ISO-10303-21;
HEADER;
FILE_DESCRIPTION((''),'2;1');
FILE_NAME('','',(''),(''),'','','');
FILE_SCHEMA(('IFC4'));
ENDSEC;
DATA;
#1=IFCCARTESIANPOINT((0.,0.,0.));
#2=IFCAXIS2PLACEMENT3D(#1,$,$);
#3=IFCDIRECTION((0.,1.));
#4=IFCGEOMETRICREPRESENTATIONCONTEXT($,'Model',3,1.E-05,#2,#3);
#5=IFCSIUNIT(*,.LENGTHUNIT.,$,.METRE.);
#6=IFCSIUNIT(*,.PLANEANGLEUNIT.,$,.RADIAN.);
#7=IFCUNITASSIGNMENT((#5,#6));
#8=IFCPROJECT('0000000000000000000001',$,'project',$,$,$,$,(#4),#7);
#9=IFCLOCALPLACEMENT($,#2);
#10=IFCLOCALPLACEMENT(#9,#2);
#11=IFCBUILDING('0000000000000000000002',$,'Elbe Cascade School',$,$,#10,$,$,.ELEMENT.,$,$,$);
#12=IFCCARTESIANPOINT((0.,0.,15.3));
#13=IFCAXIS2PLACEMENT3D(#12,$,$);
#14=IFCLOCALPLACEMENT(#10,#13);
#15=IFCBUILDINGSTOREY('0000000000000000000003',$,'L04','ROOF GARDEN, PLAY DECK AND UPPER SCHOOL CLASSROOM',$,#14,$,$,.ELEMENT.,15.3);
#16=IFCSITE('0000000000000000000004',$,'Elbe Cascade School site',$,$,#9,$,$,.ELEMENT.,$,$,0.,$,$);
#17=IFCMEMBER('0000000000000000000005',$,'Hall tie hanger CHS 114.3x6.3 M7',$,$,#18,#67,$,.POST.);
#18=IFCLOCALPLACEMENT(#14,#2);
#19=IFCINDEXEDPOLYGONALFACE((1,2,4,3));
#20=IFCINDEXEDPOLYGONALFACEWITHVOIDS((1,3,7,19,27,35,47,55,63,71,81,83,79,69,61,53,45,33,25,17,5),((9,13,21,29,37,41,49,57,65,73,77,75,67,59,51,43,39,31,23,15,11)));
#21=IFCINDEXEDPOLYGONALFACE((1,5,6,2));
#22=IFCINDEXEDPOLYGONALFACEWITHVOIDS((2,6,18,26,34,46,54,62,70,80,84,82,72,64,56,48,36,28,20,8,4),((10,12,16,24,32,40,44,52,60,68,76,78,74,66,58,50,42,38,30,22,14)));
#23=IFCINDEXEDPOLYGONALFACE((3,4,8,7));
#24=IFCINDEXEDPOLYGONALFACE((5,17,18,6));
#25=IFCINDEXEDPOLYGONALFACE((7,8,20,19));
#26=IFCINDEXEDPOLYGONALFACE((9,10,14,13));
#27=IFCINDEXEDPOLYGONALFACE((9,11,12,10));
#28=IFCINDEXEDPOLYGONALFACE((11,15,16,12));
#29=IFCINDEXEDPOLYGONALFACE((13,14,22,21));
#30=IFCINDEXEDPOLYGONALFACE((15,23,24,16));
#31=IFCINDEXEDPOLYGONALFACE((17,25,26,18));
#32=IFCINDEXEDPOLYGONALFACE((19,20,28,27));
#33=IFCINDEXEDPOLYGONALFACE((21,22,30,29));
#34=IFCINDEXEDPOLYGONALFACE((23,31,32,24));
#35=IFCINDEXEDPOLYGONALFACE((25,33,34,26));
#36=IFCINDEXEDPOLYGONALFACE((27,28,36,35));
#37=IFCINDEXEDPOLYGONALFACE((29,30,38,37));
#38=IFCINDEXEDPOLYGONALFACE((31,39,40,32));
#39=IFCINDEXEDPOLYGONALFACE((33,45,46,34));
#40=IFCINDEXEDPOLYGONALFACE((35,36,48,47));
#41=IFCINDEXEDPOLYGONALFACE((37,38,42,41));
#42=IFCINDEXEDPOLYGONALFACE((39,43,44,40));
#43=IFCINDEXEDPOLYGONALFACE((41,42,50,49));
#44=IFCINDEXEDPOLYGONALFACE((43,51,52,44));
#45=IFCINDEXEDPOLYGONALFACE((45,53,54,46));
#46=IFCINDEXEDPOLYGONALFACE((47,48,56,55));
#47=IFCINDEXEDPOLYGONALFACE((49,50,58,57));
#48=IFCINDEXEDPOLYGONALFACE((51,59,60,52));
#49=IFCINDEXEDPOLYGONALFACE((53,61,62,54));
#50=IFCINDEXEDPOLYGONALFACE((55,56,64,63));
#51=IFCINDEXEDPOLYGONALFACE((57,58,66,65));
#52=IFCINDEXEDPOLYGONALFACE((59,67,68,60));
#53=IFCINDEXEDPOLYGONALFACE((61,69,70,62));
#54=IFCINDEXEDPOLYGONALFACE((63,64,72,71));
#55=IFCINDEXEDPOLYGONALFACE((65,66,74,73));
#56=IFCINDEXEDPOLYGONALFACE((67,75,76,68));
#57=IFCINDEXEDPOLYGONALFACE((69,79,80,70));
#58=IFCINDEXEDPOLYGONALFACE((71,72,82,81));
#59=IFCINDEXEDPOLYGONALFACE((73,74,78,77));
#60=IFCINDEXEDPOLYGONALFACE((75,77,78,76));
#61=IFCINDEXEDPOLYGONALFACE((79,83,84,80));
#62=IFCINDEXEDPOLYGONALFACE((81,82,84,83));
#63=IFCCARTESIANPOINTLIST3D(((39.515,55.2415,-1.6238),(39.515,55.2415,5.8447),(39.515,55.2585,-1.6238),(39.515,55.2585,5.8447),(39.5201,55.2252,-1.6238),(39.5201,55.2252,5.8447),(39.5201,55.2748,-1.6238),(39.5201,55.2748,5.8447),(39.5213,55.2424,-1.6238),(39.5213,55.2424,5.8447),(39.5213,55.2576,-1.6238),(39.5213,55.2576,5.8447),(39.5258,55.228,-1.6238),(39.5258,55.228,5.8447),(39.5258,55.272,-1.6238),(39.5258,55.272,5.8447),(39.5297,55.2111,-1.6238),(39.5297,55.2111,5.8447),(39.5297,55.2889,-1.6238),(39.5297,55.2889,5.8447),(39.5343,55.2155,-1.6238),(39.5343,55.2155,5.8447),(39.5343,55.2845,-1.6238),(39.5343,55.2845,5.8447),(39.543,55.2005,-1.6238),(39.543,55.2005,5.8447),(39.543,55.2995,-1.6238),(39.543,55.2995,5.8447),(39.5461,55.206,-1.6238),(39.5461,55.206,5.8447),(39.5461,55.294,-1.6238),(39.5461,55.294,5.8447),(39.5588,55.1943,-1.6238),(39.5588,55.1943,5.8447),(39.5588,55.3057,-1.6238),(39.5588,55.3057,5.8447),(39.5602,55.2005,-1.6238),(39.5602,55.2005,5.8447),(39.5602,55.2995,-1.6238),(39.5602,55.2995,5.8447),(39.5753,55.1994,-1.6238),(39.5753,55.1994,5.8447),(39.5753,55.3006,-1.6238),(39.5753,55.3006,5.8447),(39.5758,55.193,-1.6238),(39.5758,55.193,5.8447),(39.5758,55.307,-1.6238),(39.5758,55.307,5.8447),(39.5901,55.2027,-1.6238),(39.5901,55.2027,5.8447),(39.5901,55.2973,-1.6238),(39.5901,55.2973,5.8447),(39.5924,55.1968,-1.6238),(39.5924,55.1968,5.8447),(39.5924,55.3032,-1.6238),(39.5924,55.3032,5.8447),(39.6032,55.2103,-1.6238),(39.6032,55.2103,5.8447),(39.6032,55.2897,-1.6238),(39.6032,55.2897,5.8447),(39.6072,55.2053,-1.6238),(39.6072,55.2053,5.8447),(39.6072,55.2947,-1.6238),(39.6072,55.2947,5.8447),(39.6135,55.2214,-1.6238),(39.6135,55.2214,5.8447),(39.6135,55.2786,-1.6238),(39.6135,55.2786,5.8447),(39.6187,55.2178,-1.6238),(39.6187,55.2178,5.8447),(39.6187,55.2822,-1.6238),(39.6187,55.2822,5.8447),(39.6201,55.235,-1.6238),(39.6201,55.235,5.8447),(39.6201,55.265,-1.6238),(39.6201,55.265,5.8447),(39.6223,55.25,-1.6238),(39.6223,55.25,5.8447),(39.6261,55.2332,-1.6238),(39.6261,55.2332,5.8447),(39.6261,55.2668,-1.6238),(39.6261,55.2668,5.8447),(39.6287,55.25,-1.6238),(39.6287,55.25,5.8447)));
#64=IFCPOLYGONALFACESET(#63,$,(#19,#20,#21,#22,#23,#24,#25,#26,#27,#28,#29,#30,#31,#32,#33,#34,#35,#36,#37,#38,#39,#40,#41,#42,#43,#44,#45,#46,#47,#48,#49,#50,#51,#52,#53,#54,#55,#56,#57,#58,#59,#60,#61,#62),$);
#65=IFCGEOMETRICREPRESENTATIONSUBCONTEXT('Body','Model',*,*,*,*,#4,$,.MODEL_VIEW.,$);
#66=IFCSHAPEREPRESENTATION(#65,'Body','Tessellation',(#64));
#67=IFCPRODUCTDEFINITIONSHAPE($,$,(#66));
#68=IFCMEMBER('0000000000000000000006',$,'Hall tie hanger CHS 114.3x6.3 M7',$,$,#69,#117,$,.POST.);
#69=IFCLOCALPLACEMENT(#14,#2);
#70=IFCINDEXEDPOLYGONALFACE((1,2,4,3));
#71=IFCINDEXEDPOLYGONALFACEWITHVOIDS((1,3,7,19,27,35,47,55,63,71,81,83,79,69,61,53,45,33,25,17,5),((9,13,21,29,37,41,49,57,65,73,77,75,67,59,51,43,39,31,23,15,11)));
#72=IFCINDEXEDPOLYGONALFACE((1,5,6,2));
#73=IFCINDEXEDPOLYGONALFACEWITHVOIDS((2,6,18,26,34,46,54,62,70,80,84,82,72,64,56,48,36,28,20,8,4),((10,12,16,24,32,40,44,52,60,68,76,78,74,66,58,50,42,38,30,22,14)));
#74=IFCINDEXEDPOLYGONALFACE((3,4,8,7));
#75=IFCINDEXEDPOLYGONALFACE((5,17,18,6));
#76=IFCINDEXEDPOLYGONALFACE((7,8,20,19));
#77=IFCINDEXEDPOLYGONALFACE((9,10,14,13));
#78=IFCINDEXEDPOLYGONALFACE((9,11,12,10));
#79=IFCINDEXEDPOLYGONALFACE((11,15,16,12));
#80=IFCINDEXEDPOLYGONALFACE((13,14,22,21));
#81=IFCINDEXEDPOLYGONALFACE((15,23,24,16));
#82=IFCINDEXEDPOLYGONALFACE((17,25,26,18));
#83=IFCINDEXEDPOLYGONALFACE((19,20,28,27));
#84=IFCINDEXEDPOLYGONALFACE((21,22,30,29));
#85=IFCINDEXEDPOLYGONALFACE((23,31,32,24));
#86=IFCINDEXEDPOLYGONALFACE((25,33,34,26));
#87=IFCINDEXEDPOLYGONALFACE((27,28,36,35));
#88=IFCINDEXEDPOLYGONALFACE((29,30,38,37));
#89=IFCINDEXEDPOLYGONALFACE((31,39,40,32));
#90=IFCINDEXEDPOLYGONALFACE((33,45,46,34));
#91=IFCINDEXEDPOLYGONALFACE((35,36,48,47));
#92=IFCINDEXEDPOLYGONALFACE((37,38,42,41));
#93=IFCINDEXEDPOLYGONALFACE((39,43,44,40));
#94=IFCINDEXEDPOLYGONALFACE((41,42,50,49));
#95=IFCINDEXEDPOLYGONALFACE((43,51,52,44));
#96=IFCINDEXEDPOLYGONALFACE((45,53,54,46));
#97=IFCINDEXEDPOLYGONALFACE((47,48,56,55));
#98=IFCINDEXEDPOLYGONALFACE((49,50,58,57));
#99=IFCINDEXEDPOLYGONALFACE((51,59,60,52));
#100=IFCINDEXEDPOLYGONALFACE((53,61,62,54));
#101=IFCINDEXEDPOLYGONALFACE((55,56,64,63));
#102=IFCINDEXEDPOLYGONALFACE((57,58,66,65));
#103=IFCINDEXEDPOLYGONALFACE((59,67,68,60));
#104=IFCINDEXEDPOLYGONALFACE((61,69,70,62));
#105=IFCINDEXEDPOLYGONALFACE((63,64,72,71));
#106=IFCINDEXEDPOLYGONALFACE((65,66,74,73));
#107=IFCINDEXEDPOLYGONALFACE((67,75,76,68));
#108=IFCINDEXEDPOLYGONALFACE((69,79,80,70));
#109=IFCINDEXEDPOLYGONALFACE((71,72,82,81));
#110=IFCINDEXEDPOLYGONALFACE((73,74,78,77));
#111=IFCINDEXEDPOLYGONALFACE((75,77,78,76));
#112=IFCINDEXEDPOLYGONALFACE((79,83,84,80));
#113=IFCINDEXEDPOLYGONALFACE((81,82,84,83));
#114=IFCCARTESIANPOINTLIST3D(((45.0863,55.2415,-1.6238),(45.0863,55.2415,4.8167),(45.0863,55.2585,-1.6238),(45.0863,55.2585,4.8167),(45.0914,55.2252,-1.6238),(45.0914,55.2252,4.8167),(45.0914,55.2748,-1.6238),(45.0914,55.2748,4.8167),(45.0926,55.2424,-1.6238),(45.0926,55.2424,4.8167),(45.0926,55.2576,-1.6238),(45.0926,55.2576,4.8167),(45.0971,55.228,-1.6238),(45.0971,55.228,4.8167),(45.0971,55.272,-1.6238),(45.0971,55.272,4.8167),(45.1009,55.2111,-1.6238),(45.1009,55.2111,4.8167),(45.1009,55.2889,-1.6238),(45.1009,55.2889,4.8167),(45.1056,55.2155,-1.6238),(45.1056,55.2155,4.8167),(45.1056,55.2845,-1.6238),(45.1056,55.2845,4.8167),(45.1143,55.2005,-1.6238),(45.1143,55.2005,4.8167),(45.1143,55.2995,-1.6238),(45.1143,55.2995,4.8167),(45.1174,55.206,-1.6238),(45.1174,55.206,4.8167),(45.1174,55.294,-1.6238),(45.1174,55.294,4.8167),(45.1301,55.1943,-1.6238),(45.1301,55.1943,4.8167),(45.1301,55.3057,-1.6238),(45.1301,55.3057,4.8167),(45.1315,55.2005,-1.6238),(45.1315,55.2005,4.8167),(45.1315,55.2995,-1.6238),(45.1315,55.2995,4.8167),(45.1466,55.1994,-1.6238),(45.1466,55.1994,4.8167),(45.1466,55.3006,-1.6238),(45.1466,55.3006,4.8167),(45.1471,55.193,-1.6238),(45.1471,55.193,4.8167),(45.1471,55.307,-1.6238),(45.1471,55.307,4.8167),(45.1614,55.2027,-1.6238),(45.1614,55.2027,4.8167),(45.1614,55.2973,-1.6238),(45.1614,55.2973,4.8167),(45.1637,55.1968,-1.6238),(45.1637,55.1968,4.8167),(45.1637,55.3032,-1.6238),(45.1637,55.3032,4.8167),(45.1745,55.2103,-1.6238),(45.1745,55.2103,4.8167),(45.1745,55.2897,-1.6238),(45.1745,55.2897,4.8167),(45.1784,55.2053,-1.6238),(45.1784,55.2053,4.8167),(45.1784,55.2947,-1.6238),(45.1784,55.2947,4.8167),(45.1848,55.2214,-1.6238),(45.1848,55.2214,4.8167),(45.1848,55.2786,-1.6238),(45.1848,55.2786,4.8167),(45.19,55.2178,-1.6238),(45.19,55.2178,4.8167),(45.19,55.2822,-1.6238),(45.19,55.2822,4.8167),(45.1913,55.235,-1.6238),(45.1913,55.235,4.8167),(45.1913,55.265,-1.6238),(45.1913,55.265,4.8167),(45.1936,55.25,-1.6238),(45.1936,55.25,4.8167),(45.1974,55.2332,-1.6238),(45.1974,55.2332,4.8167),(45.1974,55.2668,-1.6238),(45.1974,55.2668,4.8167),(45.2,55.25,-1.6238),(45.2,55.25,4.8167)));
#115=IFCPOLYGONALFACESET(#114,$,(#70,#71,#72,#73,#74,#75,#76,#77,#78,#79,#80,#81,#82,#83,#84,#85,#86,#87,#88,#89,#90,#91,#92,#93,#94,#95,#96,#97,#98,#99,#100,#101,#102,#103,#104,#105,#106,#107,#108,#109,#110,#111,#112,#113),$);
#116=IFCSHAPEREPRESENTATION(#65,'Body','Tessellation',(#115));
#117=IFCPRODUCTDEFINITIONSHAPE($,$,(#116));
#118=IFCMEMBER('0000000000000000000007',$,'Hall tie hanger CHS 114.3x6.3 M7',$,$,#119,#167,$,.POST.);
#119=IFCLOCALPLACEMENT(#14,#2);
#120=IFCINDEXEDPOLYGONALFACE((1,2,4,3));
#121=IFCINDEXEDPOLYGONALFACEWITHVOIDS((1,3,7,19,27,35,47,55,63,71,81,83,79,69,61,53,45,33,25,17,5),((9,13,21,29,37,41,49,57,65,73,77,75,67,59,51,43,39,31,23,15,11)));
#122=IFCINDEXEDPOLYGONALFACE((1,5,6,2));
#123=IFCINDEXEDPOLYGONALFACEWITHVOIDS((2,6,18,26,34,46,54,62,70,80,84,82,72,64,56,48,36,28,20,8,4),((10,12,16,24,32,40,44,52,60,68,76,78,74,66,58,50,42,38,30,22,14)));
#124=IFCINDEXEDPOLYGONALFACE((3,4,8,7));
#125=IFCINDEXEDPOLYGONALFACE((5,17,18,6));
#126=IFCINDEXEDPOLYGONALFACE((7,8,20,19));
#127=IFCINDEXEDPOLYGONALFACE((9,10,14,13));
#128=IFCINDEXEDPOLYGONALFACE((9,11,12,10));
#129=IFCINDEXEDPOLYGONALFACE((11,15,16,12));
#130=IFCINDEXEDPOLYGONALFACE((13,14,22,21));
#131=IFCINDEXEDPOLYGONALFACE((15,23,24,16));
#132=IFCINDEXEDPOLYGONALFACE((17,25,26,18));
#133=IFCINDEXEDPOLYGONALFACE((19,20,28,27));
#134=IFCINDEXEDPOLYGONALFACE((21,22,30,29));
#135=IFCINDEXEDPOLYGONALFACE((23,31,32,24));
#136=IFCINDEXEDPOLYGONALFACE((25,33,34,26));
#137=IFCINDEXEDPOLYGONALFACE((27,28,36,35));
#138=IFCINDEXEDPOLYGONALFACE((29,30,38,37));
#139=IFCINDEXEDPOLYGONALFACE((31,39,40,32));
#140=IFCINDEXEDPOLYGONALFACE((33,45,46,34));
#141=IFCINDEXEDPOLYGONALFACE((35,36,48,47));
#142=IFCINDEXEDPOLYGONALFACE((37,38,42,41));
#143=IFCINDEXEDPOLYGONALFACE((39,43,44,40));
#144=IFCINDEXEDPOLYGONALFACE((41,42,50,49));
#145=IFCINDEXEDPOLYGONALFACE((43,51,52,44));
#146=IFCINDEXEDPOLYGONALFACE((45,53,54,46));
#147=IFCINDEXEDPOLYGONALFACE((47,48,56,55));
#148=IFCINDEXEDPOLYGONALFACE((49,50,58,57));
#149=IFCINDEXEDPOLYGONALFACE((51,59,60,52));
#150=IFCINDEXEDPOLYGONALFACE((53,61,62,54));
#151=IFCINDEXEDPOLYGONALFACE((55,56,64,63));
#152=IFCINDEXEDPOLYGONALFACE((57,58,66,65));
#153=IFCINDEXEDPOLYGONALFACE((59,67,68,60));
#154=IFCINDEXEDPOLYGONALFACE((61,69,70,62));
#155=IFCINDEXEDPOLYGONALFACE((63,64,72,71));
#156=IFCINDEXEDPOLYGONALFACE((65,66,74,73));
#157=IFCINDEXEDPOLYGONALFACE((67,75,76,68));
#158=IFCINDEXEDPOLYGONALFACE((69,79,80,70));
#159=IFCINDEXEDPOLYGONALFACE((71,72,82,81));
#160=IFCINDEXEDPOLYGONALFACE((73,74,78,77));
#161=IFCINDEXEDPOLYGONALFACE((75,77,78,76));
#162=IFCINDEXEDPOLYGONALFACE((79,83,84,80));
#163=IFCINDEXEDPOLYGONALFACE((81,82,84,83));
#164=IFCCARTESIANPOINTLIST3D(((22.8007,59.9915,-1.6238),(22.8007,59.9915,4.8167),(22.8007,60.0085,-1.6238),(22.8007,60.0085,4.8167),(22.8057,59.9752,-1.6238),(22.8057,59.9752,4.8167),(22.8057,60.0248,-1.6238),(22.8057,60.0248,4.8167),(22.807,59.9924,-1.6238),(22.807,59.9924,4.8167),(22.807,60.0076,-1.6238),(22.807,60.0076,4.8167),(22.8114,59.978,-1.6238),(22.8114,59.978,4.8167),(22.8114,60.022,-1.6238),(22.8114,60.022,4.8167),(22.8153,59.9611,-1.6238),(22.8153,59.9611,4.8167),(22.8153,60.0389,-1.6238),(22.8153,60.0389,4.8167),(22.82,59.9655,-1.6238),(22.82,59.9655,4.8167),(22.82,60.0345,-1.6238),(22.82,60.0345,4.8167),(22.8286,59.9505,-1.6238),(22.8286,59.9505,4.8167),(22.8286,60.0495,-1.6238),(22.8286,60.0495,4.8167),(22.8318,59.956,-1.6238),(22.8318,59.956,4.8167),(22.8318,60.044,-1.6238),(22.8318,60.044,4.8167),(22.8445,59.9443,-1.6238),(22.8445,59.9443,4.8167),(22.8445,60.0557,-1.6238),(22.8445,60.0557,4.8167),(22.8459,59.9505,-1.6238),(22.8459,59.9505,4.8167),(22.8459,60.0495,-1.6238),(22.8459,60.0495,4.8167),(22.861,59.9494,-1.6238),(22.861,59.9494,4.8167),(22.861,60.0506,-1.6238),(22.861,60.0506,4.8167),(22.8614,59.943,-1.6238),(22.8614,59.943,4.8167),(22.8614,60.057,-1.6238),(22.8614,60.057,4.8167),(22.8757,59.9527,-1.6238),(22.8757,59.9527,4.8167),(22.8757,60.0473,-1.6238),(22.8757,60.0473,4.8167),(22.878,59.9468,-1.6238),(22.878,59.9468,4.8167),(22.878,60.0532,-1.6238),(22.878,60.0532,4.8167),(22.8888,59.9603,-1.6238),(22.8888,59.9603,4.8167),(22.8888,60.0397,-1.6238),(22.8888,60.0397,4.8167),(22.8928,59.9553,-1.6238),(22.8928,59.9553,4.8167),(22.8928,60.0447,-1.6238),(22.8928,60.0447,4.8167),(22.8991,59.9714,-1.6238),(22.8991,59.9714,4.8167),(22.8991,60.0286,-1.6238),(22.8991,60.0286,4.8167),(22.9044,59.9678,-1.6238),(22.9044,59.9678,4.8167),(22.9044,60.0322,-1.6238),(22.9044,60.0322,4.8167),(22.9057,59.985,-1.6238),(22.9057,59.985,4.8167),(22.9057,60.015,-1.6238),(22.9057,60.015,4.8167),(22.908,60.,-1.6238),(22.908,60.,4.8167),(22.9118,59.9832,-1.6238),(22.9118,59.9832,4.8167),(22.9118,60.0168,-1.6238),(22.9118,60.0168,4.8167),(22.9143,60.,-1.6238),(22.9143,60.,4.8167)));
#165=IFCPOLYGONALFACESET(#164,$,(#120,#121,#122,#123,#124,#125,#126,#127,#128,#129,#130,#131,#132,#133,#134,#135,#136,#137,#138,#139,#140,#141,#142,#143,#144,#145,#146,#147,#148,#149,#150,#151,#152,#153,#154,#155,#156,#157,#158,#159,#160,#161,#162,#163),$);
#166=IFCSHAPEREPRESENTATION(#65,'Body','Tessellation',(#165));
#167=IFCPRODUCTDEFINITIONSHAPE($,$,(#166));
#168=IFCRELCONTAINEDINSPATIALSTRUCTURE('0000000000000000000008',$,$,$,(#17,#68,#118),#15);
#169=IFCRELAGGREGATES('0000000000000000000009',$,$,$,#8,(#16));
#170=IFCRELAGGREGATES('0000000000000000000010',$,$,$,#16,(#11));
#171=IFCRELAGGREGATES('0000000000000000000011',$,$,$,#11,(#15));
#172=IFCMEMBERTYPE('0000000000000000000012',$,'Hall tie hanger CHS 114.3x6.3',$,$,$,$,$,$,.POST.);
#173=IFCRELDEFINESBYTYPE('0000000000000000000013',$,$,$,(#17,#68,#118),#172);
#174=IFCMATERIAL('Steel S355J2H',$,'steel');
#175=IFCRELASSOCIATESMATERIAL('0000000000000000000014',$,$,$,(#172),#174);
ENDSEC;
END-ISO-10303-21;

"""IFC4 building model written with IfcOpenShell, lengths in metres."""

from ifc_helpers import new_model, si_unit, direction, frame, origin, origin_2d, place, context, subcontext, project, spatial, hollow_circle, extrude, material, material_profile, profile_set, type_object, element, save


model = new_model("IFC4")

# Units and contexts
model_context = context("Model", 3, precision=1e-05, world=origin(), true_north=direction((0.0, 1.0)))
body_context = subcontext(model_context, "Body", "Model", "MODEL_VIEW")
ifc_project = project(units=[si_unit("LENGTHUNIT", "METRE"), si_unit("PLANEANGLEUNIT", "RADIAN")], contexts=[model_context])

# Site, building, storey
site_placement = place(None, origin())
site = spatial("IfcSite", under=ifc_project, at=site_placement, Name="Elbe Cascade School site", CompositionType="ELEMENT", RefElevation=0.0)
building_placement = place(site_placement, origin())
building = spatial("IfcBuilding", under=site, at=building_placement, Name="Elbe Cascade School", CompositionType="ELEMENT")
storey_placement = place(building_placement, frame((0.0, 0.0, 15.3)))
storey = spatial("IfcBuildingStorey", under=building, at=storey_placement, Name="L04", Description="ROOF GARDEN, PLAY DECK AND UPPER SCHOOL CLASSROOM", CompositionType="ELEMENT", Elevation=15.3)

# Members
ifc_material_1 = material(Name="Steel S355J2H", Category="steel")
ifc_material_profile_1 = material_profile(ifc_material_1, hollow_circle(Radius=0.0571, WallThickness=0.0063, at=origin_2d()), Name="CHS 114.3x6.3")
ifc_profile_set_1 = profile_set([ifc_material_profile_1], Name="Steel S355J2H")
member_type_1 = type_object("IfcMemberType", Name="Hall tie hanger CHS 114.3x6.3", PredefinedType="POST", material=ifc_profile_set_1)
member_1_placement = place(storey_placement, frame((39.5715, 55.25, -1.6238), z_axis=(0.0, 0.0, 1.0), x_axis=(1.0, 0.0, 0.0)))
element("IfcMember", 1, at=member_1_placement, inside=storey, type_object=member_type_1, Name="Hall tie hanger CHS 114.3x6.3 M7", PredefinedType="POST", context=body_context, shape_type="SweptSolid", body=[
    extrude(hollow_circle(Radius=0.0571, WallThickness=0.0063, at=origin_2d()), origin(), (0.0, 0.0, 1.0), 7.4685),
])
for number, where, z_axis, x_axis, name in (
    (2, (45.1428, 55.25, -1.6238), (0.0, 0.0, 1.0), (1.0, 0.0, 0.0), "Hall tie hanger CHS 114.3x6.3 M7"),
    (3, (22.8572, 60.0, -1.6238), (0.0, 0.0, 1.0), (1.0, 0.0, 0.0), "Hall tie hanger CHS 114.3x6.3 M7"),
):
    element("IfcMember", number, at=place(storey_placement, frame(where, z_axis=z_axis, x_axis=x_axis)), inside=storey, type_object=member_type_1, Name=name, PredefinedType="POST", context=body_context, shape_type="SweptSolid", body=[
        extrude(hollow_circle(Radius=0.0571, WallThickness=0.0063, at=origin_2d()), origin(), (0.0, 0.0, 1.0), 6.4404),
    ])

save(model, "model.ifc")
